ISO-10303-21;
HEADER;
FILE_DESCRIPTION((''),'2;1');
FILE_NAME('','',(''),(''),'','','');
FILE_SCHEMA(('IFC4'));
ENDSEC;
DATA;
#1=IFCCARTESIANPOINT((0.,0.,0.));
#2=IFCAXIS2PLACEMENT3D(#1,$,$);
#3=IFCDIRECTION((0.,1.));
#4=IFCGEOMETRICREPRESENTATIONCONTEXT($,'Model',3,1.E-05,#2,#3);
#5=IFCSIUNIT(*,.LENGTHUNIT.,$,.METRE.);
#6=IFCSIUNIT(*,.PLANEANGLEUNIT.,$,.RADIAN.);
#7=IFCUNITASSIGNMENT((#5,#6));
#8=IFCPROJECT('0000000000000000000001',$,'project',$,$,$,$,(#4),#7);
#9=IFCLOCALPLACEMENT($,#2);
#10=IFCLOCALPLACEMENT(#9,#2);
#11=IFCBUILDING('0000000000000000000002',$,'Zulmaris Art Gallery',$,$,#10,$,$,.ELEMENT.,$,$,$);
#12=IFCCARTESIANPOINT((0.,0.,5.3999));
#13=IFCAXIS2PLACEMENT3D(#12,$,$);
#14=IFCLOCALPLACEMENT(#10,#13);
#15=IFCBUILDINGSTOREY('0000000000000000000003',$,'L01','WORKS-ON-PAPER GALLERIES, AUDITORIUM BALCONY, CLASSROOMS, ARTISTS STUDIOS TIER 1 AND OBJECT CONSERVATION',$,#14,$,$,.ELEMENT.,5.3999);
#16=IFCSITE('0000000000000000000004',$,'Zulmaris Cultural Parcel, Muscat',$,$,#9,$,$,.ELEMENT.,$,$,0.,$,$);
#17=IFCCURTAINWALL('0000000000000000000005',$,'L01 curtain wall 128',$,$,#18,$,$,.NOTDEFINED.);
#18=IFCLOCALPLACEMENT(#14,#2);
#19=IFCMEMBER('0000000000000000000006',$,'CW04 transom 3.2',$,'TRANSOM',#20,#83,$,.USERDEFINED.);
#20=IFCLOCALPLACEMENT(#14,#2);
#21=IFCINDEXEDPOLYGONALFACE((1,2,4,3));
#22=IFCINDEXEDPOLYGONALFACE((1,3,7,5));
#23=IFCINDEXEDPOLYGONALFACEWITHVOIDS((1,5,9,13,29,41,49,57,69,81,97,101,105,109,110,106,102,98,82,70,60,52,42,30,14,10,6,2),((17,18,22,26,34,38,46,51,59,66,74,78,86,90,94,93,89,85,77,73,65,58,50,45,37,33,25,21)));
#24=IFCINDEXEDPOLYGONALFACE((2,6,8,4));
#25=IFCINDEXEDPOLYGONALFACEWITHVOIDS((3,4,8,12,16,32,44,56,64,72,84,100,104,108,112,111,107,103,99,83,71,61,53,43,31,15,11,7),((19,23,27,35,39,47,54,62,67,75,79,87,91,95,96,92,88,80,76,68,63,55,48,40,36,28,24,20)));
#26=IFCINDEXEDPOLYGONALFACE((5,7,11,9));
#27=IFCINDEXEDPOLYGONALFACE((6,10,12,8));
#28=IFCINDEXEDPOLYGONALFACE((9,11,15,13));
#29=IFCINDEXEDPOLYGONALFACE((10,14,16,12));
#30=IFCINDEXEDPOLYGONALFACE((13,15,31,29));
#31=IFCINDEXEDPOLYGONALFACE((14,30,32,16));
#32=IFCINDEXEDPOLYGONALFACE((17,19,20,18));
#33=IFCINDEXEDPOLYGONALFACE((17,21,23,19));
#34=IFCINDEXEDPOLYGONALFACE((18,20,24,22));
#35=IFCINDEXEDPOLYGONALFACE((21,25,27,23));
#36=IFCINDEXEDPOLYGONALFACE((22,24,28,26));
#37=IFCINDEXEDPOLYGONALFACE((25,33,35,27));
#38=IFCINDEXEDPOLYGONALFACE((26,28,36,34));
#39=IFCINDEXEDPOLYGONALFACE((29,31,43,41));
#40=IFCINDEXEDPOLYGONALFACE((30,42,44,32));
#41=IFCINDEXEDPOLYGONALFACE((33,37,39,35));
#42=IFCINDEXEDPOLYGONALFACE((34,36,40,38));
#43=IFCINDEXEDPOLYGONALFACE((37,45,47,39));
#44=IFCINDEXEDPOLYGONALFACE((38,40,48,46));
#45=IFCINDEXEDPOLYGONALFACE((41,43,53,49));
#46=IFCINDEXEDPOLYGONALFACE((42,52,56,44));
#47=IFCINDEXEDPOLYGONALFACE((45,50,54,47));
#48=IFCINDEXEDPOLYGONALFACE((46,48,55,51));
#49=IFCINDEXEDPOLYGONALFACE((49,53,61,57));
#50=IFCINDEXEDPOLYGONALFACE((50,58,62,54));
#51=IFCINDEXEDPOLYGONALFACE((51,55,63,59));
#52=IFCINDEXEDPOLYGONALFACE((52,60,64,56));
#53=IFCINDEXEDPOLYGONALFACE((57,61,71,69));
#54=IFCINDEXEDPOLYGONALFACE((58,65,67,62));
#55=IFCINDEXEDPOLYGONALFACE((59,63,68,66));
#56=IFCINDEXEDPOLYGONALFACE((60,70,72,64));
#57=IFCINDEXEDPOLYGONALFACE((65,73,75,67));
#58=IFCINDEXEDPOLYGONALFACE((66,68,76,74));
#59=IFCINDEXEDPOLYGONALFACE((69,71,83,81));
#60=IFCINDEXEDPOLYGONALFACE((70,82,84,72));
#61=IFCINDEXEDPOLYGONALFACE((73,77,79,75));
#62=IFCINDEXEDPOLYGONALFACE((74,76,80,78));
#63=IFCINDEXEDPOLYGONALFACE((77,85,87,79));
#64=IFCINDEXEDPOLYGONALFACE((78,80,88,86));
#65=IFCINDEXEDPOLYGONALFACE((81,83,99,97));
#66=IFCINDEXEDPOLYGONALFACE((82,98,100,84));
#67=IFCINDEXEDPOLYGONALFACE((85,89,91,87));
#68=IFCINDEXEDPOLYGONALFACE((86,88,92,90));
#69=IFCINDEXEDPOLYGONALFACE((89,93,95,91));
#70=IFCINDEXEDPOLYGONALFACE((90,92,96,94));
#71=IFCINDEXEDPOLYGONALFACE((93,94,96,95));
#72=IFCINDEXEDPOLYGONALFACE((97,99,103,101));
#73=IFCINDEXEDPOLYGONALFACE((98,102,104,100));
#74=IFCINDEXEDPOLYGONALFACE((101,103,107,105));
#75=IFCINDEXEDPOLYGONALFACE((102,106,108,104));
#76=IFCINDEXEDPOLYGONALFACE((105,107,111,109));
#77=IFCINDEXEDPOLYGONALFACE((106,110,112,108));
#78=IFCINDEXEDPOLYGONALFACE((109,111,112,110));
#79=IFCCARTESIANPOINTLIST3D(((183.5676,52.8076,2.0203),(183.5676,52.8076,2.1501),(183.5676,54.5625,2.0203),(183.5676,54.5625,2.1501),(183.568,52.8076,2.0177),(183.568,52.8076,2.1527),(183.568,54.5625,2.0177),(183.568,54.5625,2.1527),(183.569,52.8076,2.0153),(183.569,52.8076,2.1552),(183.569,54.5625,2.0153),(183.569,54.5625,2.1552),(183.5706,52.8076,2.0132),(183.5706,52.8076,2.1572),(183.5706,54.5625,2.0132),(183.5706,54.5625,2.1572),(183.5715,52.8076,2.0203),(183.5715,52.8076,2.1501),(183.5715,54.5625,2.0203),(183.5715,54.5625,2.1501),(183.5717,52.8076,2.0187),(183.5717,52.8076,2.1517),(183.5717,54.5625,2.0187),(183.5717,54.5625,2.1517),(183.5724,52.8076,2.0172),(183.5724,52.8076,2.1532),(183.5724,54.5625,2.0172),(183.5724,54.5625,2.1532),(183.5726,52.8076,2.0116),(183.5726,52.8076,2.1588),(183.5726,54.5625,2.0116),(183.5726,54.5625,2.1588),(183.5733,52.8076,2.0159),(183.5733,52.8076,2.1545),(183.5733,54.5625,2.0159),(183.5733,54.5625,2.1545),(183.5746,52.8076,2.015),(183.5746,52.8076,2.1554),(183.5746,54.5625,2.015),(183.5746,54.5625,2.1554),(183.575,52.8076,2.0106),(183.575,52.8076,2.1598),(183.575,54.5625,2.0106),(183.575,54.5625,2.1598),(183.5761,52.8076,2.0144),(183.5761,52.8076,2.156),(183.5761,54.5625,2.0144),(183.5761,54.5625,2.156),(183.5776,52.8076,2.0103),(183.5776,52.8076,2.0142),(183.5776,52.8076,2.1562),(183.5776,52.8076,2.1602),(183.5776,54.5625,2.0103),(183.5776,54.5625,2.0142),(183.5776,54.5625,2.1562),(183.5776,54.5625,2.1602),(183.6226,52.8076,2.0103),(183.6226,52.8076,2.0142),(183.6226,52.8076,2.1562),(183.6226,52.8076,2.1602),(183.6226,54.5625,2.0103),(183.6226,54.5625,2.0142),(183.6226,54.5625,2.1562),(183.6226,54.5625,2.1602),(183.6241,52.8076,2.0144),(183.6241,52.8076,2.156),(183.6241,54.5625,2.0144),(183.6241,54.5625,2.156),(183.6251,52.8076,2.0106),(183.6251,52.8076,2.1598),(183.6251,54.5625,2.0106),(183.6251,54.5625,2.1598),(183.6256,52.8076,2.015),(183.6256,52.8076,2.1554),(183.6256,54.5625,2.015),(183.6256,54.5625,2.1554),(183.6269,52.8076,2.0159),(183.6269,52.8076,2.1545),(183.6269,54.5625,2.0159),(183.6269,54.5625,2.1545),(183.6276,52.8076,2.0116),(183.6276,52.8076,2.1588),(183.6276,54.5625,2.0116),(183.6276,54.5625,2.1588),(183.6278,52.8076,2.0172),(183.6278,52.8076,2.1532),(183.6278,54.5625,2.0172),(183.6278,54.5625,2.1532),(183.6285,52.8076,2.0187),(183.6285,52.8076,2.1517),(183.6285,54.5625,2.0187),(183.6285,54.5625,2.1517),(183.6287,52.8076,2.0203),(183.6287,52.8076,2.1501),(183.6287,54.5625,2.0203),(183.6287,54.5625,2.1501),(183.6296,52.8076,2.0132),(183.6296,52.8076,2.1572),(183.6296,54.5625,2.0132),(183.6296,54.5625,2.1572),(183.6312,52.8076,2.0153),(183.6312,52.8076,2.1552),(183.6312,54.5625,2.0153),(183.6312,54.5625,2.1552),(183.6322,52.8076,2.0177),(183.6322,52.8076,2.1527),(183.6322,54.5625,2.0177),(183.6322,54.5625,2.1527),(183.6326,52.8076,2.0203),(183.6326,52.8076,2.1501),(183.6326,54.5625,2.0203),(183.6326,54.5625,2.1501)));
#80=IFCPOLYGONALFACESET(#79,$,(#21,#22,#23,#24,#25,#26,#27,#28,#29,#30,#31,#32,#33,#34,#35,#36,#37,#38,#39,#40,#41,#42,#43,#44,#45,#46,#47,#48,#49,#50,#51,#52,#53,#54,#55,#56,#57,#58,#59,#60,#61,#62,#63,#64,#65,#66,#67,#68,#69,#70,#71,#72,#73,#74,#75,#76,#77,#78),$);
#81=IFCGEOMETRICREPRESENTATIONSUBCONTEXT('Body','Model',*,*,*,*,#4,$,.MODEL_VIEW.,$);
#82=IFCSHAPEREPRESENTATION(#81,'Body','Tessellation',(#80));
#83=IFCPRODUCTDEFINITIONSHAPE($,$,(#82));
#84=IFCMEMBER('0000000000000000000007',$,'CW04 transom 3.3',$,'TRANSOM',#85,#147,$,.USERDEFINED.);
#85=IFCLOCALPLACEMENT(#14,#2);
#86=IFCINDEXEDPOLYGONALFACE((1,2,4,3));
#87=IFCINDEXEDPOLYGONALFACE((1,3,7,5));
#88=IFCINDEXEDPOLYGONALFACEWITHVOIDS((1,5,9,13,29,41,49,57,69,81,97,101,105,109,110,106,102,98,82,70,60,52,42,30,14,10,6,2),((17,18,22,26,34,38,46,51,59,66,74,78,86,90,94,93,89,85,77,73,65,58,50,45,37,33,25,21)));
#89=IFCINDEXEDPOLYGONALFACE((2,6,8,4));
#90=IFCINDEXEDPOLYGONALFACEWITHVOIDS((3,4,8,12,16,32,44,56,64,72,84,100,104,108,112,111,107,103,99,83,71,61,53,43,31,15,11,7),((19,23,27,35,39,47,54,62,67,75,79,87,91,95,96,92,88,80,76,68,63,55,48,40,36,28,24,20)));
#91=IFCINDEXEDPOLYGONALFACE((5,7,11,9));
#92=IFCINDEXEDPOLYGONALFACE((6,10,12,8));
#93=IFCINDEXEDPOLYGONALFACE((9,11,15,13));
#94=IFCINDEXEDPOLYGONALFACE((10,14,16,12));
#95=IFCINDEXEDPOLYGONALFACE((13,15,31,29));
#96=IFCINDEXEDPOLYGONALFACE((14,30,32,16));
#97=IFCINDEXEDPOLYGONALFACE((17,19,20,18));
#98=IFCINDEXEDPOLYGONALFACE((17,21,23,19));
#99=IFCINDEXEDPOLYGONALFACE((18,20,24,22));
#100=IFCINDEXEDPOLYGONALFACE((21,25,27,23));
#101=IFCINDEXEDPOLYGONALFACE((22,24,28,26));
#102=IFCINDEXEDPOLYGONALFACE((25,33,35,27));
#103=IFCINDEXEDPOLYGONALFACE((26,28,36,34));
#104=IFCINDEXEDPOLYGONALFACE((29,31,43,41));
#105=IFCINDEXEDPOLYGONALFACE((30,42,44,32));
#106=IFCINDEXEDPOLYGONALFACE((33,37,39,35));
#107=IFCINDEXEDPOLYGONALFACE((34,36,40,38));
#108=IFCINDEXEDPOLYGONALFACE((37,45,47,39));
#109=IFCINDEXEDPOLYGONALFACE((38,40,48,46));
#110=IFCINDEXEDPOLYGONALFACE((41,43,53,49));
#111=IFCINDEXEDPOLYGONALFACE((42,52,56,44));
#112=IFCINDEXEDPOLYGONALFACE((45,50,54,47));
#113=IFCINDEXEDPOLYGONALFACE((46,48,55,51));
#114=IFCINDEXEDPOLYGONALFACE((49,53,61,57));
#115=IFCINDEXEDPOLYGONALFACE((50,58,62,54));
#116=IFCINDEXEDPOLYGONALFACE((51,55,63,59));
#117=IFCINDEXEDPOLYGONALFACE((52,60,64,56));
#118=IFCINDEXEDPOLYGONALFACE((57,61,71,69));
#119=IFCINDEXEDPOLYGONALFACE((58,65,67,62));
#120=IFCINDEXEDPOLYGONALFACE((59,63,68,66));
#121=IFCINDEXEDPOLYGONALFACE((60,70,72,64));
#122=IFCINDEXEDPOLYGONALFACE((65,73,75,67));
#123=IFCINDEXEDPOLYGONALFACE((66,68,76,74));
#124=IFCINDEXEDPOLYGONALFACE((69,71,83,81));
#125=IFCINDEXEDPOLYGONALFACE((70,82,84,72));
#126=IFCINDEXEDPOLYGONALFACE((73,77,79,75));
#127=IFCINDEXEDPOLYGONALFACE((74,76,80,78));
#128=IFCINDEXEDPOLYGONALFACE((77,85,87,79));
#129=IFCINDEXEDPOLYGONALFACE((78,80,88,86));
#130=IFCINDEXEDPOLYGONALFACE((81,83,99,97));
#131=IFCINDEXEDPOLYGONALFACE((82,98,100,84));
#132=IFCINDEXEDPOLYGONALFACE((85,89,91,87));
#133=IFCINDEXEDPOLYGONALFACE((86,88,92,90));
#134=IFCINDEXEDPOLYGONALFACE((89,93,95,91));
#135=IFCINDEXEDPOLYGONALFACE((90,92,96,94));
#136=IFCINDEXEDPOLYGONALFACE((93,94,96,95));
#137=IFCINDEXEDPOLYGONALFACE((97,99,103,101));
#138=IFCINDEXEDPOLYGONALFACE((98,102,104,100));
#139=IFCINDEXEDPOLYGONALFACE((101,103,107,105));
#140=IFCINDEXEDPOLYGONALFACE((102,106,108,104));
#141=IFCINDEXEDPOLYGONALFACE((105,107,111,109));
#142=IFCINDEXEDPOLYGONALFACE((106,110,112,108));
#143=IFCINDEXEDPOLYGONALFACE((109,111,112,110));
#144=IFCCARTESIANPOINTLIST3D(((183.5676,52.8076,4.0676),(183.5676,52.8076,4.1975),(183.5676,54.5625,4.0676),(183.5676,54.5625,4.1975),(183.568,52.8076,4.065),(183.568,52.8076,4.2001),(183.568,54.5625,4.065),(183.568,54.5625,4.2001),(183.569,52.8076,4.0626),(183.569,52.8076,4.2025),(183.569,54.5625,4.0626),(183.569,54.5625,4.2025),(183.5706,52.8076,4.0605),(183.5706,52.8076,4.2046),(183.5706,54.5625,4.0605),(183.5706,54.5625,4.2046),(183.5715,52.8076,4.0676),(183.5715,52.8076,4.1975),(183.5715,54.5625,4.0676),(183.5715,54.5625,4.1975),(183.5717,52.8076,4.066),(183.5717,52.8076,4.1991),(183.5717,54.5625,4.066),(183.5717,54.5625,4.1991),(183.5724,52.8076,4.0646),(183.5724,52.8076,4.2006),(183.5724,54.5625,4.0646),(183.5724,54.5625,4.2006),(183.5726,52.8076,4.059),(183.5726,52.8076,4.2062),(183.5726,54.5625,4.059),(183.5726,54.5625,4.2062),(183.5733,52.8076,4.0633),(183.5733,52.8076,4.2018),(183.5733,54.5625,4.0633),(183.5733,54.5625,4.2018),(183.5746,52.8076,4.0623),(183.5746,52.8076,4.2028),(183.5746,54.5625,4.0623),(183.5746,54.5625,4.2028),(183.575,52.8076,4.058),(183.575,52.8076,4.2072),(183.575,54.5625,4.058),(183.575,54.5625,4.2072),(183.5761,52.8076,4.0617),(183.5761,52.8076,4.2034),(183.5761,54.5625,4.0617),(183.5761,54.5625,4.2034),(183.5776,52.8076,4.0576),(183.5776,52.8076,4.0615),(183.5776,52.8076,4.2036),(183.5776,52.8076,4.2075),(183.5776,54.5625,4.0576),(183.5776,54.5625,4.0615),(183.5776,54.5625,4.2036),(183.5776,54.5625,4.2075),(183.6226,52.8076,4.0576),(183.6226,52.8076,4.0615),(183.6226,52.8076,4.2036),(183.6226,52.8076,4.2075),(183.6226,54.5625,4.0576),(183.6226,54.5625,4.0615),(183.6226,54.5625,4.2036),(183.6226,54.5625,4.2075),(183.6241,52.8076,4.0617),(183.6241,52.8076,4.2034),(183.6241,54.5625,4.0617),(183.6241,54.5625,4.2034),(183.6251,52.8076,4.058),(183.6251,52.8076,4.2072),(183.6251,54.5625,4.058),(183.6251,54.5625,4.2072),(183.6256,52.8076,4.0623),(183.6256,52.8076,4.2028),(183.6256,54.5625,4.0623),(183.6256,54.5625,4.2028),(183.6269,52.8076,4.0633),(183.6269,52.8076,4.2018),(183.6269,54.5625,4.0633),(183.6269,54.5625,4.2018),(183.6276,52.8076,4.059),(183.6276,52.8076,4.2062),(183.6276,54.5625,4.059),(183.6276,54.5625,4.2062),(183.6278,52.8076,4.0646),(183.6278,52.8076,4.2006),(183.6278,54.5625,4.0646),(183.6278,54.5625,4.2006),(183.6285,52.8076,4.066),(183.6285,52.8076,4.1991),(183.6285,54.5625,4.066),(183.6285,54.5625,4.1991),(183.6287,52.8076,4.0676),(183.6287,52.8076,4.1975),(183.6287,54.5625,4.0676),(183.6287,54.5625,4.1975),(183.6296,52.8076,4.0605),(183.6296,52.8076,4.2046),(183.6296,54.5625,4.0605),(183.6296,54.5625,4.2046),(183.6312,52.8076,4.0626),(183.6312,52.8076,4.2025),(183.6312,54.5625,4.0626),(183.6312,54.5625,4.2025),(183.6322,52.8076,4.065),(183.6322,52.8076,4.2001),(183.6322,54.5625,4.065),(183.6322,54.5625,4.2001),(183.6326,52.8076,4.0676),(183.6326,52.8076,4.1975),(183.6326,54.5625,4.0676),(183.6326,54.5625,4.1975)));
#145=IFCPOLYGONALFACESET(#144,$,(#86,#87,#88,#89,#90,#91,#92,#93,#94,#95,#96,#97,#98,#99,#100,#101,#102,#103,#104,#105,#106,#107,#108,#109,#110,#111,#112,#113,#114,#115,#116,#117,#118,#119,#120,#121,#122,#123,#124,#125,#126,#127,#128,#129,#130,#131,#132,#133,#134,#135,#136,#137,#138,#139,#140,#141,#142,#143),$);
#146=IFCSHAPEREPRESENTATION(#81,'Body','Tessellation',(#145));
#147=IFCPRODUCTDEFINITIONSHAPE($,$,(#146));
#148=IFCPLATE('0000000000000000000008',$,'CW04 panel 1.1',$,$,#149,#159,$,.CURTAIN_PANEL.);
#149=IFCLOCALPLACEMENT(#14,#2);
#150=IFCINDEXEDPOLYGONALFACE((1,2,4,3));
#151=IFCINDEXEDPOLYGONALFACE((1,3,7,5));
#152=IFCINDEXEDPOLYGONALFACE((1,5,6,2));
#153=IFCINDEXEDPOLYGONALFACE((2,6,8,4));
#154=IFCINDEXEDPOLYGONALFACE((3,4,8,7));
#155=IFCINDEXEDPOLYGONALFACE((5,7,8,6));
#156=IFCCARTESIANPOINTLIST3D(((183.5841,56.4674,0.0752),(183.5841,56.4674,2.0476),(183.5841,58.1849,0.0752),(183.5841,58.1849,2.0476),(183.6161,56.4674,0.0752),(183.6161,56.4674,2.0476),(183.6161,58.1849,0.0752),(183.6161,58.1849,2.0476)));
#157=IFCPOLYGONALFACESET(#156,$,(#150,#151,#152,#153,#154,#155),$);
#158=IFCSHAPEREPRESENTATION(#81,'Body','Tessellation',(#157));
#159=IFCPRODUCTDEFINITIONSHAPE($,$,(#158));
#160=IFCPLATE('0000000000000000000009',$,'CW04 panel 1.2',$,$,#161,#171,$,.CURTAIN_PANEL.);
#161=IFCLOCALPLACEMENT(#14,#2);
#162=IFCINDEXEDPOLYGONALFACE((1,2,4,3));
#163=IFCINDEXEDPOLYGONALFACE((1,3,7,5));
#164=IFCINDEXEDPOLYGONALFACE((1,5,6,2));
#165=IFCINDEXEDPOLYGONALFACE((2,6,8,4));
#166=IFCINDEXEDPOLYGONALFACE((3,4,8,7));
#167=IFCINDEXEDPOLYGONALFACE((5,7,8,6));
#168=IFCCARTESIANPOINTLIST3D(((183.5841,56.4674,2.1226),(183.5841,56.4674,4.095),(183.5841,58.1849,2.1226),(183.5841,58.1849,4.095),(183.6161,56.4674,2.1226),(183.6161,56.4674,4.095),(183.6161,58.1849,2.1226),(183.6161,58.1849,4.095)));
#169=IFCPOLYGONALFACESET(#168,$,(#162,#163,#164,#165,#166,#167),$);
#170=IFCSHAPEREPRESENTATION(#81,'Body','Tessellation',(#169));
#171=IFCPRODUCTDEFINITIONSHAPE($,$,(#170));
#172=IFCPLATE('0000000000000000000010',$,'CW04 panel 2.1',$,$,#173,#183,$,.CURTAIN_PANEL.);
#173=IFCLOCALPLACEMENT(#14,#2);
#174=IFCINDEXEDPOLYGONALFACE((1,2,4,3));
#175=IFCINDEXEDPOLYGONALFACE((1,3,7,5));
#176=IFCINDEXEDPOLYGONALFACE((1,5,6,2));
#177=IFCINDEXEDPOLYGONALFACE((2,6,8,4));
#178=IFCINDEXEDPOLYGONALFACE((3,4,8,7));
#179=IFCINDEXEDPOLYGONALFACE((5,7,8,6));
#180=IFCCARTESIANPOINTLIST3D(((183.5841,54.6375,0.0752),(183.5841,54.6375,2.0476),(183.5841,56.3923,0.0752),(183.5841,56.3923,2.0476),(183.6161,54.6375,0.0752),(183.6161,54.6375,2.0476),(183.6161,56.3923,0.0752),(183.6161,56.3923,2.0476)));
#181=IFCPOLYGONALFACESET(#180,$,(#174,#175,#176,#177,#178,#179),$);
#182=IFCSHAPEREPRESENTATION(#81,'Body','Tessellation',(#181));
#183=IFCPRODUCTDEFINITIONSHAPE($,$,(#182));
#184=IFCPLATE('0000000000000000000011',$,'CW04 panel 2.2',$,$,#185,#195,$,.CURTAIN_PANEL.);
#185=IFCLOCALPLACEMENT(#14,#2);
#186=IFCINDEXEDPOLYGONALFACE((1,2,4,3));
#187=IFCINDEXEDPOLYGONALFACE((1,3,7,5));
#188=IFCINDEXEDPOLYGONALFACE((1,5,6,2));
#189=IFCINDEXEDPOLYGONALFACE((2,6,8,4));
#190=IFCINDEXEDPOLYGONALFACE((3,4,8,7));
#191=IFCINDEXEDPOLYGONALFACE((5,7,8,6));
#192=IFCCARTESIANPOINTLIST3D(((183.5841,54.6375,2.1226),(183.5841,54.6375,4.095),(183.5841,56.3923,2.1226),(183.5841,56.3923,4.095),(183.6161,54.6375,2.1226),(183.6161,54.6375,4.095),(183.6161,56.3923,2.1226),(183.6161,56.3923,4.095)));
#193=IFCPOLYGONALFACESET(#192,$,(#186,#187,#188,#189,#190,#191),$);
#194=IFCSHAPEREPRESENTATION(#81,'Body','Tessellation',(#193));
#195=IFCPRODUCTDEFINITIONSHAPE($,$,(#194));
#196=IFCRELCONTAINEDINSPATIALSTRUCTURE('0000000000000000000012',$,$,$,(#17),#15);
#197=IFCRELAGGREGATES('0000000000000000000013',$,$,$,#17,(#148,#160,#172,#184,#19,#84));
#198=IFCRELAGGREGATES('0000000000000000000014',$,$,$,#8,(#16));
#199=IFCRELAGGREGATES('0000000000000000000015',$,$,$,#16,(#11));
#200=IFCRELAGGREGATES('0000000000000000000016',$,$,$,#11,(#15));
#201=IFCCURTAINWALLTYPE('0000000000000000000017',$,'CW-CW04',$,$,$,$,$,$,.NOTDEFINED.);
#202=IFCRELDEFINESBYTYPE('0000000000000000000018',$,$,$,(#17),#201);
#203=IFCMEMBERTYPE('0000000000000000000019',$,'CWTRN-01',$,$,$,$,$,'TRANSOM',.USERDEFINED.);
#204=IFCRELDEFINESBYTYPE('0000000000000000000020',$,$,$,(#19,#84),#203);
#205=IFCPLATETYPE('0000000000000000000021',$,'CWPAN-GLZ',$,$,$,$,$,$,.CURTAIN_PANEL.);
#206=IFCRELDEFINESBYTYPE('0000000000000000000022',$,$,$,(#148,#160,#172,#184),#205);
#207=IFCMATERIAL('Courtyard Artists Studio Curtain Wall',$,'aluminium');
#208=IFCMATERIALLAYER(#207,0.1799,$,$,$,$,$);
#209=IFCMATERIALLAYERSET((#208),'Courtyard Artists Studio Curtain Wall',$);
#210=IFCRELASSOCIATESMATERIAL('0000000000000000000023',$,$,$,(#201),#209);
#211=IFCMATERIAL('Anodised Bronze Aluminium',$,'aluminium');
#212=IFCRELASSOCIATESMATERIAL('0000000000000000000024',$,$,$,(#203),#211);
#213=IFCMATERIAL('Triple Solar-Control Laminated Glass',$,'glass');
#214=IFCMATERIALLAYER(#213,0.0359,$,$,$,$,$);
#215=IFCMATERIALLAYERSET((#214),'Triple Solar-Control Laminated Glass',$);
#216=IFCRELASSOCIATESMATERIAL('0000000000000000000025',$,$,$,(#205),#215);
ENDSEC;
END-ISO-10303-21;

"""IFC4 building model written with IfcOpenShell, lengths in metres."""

from ifc_helpers import new_model, si_unit, direction, frame, origin, origin_2d, place, context, subcontext, project, spatial, rectangle, hollow_rectangle, extrude, material, layer, layer_set, material_profile, profile_set, type_object, element, aggregate, save


model = new_model("IFC4")

# Units and contexts
model_context = context("Model", 3, precision=1e-05, world=origin(), true_north=direction((0.0, 1.0)))
body_context = subcontext(model_context, "Body", "Model", "MODEL_VIEW")
ifc_project = project(units=[si_unit("LENGTHUNIT", "METRE"), si_unit("PLANEANGLEUNIT", "RADIAN")], contexts=[model_context])

# Site, building, storey
site_placement = place(None, origin())
site = spatial("IfcSite", under=ifc_project, at=site_placement, Name="Zulmaris Cultural Parcel, Muscat", CompositionType="ELEMENT", RefElevation=0.0)
building_placement = place(site_placement, origin())
building = spatial("IfcBuilding", under=site, at=building_placement, Name="Zulmaris Art Gallery", CompositionType="ELEMENT")
storey_placement = place(building_placement, frame((0.0, 0.0, 5.3999)))
storey = spatial("IfcBuildingStorey", under=building, at=storey_placement, Name="L01", Description="WORKS-ON-PAPER GALLERIES, AUDITORIUM BALCONY, CLASSROOMS, ARTISTS STUDIOS TIER 1 AND OBJECT CONSERVATION", CompositionType="ELEMENT", Elevation=5.3999)

# Curtain wall, members, plates
ifc_material_1 = material(Name="Courtyard Artists Studio Curtain Wall", Category="aluminium")
ifc_layer_1 = layer(ifc_material_1, 0.1799)
ifc_layer_set_1 = layer_set([ifc_layer_1], Name="Courtyard Artists Studio Curtain Wall")
curtain_wall_type = type_object("IfcCurtainWallType", Name="CW-CW04", PredefinedType="NOTDEFINED", material=ifc_layer_set_1)
curtain_wall_placement = place(storey_placement, origin())
curtain_wall = element("IfcCurtainWall", 1, at=curtain_wall_placement, inside=storey, type_object=curtain_wall_type, Name="L01 curtain wall 128", PredefinedType="NOTDEFINED")
ifc_material_2 = material(Name="Anodised Bronze Aluminium", Category="aluminium")
ifc_material_profile_1 = material_profile(ifc_material_2, hollow_rectangle(XDim=0.0649, YDim=0.1499, WallThickness=0.0039, InnerFilletRadius=0.0061, OuterFilletRadius=0.01, at=origin_2d()), Name="ALU 65x150x4")
ifc_profile_set_1 = profile_set([ifc_material_profile_1], Name="Anodised Bronze Aluminium")
member_type_1 = type_object("IfcMemberType", Name="CWTRN-01", ElementType="TRANSOM", PredefinedType="USERDEFINED", material=ifc_profile_set_1)
member_1_placement = place(storey_placement, frame((183.6001, 54.5625, 2.0852), z_axis=(0.0, -1.0, 0.0), x_axis=(1.0, 0.0, 0.0)))
member_1 = element("IfcMember", 2, at=member_1_placement, type_object=member_type_1, Name="CW04 transom 3.2", ObjectType="TRANSOM", PredefinedType="USERDEFINED", context=body_context, shape_type="SweptSolid", body=[
    extrude(hollow_rectangle(XDim=0.0649, YDim=0.1499, WallThickness=0.0039, InnerFilletRadius=0.0061, OuterFilletRadius=0.01, at=origin_2d()), origin(), (0.0, 0.0, 1.0), 1.7549),
])
member_2_placement = place(storey_placement, frame((183.6001, 54.5625, 4.1326), z_axis=(0.0, -1.0, 0.0), x_axis=(1.0, 0.0, 0.0)))
member_2 = element("IfcMember", 3, at=member_2_placement, type_object=member_type_1, Name="CW04 transom 3.3", ObjectType="TRANSOM", PredefinedType="USERDEFINED", context=body_context, shape_type="SweptSolid", body=[
    extrude(hollow_rectangle(XDim=0.0649, YDim=0.1499, WallThickness=0.0039, InnerFilletRadius=0.0061, OuterFilletRadius=0.01, at=origin_2d()), origin(), (0.0, 0.0, 1.0), 1.7549),
])
ifc_material_3 = material(Name="Triple Solar-Control Laminated Glass", Category="glass")
ifc_layer_2 = layer(ifc_material_3, 0.0359)
ifc_layer_set_2 = layer_set([ifc_layer_2], Name="Triple Solar-Control Laminated Glass")
plate_type = type_object("IfcPlateType", Name="CWPAN-GLZ", PredefinedType="CURTAIN_PANEL", material=ifc_layer_set_2)
plate_1_placement = place(storey_placement, frame((183.6001, 57.3262, 0.0752), z_axis=(0.0, 0.0, 1.0), x_axis=(0.0, -1.0, 0.0)))
plate_1 = element("IfcPlate", 4, at=plate_1_placement, type_object=plate_type, Name="CW04 panel 1.1", PredefinedType="CURTAIN_PANEL", context=body_context, shape_type="SweptSolid", body=[
    extrude(rectangle(XDim=1.7175, YDim=0.032, at=origin_2d()), origin(), (0.0, 0.0, 1.0), 1.9724),
])
plate_2_placement = place(storey_placement, frame((183.6001, 57.3262, 2.1226), z_axis=(0.0, 0.0, 1.0), x_axis=(0.0, -1.0, 0.0)))
plate_2 = element("IfcPlate", 5, at=plate_2_placement, type_object=plate_type, Name="CW04 panel 1.2", PredefinedType="CURTAIN_PANEL", context=body_context, shape_type="SweptSolid", body=[
    extrude(rectangle(XDim=1.7175, YDim=0.032, at=origin_2d()), origin(), (0.0, 0.0, 1.0), 1.9724),
])
plate_3_placement = place(storey_placement, frame((183.6001, 55.5149, 0.0752), z_axis=(0.0, 0.0, 1.0), x_axis=(0.0, -1.0, 0.0)))
plate_3 = element("IfcPlate", 6, at=plate_3_placement, type_object=plate_type, Name="CW04 panel 2.1", PredefinedType="CURTAIN_PANEL", context=body_context, shape_type="SweptSolid", body=[
    extrude(rectangle(XDim=1.7549, YDim=0.032, at=origin_2d()), origin(), (0.0, 0.0, 1.0), 1.9724),
])
plate_4_placement = place(storey_placement, frame((183.6001, 55.5149, 2.1226), z_axis=(0.0, 0.0, 1.0), x_axis=(0.0, -1.0, 0.0)))
plate_4 = element("IfcPlate", 7, at=plate_4_placement, type_object=plate_type, Name="CW04 panel 2.2", PredefinedType="CURTAIN_PANEL", context=body_context, shape_type="SweptSolid", body=[
    extrude(rectangle(XDim=1.7549, YDim=0.032, at=origin_2d()), origin(), (0.0, 0.0, 1.0), 1.9724),
])
aggregate(curtain_wall, [plate_1, plate_2, plate_3, plate_4, member_1, member_2])

save(model, "model.ifc")
